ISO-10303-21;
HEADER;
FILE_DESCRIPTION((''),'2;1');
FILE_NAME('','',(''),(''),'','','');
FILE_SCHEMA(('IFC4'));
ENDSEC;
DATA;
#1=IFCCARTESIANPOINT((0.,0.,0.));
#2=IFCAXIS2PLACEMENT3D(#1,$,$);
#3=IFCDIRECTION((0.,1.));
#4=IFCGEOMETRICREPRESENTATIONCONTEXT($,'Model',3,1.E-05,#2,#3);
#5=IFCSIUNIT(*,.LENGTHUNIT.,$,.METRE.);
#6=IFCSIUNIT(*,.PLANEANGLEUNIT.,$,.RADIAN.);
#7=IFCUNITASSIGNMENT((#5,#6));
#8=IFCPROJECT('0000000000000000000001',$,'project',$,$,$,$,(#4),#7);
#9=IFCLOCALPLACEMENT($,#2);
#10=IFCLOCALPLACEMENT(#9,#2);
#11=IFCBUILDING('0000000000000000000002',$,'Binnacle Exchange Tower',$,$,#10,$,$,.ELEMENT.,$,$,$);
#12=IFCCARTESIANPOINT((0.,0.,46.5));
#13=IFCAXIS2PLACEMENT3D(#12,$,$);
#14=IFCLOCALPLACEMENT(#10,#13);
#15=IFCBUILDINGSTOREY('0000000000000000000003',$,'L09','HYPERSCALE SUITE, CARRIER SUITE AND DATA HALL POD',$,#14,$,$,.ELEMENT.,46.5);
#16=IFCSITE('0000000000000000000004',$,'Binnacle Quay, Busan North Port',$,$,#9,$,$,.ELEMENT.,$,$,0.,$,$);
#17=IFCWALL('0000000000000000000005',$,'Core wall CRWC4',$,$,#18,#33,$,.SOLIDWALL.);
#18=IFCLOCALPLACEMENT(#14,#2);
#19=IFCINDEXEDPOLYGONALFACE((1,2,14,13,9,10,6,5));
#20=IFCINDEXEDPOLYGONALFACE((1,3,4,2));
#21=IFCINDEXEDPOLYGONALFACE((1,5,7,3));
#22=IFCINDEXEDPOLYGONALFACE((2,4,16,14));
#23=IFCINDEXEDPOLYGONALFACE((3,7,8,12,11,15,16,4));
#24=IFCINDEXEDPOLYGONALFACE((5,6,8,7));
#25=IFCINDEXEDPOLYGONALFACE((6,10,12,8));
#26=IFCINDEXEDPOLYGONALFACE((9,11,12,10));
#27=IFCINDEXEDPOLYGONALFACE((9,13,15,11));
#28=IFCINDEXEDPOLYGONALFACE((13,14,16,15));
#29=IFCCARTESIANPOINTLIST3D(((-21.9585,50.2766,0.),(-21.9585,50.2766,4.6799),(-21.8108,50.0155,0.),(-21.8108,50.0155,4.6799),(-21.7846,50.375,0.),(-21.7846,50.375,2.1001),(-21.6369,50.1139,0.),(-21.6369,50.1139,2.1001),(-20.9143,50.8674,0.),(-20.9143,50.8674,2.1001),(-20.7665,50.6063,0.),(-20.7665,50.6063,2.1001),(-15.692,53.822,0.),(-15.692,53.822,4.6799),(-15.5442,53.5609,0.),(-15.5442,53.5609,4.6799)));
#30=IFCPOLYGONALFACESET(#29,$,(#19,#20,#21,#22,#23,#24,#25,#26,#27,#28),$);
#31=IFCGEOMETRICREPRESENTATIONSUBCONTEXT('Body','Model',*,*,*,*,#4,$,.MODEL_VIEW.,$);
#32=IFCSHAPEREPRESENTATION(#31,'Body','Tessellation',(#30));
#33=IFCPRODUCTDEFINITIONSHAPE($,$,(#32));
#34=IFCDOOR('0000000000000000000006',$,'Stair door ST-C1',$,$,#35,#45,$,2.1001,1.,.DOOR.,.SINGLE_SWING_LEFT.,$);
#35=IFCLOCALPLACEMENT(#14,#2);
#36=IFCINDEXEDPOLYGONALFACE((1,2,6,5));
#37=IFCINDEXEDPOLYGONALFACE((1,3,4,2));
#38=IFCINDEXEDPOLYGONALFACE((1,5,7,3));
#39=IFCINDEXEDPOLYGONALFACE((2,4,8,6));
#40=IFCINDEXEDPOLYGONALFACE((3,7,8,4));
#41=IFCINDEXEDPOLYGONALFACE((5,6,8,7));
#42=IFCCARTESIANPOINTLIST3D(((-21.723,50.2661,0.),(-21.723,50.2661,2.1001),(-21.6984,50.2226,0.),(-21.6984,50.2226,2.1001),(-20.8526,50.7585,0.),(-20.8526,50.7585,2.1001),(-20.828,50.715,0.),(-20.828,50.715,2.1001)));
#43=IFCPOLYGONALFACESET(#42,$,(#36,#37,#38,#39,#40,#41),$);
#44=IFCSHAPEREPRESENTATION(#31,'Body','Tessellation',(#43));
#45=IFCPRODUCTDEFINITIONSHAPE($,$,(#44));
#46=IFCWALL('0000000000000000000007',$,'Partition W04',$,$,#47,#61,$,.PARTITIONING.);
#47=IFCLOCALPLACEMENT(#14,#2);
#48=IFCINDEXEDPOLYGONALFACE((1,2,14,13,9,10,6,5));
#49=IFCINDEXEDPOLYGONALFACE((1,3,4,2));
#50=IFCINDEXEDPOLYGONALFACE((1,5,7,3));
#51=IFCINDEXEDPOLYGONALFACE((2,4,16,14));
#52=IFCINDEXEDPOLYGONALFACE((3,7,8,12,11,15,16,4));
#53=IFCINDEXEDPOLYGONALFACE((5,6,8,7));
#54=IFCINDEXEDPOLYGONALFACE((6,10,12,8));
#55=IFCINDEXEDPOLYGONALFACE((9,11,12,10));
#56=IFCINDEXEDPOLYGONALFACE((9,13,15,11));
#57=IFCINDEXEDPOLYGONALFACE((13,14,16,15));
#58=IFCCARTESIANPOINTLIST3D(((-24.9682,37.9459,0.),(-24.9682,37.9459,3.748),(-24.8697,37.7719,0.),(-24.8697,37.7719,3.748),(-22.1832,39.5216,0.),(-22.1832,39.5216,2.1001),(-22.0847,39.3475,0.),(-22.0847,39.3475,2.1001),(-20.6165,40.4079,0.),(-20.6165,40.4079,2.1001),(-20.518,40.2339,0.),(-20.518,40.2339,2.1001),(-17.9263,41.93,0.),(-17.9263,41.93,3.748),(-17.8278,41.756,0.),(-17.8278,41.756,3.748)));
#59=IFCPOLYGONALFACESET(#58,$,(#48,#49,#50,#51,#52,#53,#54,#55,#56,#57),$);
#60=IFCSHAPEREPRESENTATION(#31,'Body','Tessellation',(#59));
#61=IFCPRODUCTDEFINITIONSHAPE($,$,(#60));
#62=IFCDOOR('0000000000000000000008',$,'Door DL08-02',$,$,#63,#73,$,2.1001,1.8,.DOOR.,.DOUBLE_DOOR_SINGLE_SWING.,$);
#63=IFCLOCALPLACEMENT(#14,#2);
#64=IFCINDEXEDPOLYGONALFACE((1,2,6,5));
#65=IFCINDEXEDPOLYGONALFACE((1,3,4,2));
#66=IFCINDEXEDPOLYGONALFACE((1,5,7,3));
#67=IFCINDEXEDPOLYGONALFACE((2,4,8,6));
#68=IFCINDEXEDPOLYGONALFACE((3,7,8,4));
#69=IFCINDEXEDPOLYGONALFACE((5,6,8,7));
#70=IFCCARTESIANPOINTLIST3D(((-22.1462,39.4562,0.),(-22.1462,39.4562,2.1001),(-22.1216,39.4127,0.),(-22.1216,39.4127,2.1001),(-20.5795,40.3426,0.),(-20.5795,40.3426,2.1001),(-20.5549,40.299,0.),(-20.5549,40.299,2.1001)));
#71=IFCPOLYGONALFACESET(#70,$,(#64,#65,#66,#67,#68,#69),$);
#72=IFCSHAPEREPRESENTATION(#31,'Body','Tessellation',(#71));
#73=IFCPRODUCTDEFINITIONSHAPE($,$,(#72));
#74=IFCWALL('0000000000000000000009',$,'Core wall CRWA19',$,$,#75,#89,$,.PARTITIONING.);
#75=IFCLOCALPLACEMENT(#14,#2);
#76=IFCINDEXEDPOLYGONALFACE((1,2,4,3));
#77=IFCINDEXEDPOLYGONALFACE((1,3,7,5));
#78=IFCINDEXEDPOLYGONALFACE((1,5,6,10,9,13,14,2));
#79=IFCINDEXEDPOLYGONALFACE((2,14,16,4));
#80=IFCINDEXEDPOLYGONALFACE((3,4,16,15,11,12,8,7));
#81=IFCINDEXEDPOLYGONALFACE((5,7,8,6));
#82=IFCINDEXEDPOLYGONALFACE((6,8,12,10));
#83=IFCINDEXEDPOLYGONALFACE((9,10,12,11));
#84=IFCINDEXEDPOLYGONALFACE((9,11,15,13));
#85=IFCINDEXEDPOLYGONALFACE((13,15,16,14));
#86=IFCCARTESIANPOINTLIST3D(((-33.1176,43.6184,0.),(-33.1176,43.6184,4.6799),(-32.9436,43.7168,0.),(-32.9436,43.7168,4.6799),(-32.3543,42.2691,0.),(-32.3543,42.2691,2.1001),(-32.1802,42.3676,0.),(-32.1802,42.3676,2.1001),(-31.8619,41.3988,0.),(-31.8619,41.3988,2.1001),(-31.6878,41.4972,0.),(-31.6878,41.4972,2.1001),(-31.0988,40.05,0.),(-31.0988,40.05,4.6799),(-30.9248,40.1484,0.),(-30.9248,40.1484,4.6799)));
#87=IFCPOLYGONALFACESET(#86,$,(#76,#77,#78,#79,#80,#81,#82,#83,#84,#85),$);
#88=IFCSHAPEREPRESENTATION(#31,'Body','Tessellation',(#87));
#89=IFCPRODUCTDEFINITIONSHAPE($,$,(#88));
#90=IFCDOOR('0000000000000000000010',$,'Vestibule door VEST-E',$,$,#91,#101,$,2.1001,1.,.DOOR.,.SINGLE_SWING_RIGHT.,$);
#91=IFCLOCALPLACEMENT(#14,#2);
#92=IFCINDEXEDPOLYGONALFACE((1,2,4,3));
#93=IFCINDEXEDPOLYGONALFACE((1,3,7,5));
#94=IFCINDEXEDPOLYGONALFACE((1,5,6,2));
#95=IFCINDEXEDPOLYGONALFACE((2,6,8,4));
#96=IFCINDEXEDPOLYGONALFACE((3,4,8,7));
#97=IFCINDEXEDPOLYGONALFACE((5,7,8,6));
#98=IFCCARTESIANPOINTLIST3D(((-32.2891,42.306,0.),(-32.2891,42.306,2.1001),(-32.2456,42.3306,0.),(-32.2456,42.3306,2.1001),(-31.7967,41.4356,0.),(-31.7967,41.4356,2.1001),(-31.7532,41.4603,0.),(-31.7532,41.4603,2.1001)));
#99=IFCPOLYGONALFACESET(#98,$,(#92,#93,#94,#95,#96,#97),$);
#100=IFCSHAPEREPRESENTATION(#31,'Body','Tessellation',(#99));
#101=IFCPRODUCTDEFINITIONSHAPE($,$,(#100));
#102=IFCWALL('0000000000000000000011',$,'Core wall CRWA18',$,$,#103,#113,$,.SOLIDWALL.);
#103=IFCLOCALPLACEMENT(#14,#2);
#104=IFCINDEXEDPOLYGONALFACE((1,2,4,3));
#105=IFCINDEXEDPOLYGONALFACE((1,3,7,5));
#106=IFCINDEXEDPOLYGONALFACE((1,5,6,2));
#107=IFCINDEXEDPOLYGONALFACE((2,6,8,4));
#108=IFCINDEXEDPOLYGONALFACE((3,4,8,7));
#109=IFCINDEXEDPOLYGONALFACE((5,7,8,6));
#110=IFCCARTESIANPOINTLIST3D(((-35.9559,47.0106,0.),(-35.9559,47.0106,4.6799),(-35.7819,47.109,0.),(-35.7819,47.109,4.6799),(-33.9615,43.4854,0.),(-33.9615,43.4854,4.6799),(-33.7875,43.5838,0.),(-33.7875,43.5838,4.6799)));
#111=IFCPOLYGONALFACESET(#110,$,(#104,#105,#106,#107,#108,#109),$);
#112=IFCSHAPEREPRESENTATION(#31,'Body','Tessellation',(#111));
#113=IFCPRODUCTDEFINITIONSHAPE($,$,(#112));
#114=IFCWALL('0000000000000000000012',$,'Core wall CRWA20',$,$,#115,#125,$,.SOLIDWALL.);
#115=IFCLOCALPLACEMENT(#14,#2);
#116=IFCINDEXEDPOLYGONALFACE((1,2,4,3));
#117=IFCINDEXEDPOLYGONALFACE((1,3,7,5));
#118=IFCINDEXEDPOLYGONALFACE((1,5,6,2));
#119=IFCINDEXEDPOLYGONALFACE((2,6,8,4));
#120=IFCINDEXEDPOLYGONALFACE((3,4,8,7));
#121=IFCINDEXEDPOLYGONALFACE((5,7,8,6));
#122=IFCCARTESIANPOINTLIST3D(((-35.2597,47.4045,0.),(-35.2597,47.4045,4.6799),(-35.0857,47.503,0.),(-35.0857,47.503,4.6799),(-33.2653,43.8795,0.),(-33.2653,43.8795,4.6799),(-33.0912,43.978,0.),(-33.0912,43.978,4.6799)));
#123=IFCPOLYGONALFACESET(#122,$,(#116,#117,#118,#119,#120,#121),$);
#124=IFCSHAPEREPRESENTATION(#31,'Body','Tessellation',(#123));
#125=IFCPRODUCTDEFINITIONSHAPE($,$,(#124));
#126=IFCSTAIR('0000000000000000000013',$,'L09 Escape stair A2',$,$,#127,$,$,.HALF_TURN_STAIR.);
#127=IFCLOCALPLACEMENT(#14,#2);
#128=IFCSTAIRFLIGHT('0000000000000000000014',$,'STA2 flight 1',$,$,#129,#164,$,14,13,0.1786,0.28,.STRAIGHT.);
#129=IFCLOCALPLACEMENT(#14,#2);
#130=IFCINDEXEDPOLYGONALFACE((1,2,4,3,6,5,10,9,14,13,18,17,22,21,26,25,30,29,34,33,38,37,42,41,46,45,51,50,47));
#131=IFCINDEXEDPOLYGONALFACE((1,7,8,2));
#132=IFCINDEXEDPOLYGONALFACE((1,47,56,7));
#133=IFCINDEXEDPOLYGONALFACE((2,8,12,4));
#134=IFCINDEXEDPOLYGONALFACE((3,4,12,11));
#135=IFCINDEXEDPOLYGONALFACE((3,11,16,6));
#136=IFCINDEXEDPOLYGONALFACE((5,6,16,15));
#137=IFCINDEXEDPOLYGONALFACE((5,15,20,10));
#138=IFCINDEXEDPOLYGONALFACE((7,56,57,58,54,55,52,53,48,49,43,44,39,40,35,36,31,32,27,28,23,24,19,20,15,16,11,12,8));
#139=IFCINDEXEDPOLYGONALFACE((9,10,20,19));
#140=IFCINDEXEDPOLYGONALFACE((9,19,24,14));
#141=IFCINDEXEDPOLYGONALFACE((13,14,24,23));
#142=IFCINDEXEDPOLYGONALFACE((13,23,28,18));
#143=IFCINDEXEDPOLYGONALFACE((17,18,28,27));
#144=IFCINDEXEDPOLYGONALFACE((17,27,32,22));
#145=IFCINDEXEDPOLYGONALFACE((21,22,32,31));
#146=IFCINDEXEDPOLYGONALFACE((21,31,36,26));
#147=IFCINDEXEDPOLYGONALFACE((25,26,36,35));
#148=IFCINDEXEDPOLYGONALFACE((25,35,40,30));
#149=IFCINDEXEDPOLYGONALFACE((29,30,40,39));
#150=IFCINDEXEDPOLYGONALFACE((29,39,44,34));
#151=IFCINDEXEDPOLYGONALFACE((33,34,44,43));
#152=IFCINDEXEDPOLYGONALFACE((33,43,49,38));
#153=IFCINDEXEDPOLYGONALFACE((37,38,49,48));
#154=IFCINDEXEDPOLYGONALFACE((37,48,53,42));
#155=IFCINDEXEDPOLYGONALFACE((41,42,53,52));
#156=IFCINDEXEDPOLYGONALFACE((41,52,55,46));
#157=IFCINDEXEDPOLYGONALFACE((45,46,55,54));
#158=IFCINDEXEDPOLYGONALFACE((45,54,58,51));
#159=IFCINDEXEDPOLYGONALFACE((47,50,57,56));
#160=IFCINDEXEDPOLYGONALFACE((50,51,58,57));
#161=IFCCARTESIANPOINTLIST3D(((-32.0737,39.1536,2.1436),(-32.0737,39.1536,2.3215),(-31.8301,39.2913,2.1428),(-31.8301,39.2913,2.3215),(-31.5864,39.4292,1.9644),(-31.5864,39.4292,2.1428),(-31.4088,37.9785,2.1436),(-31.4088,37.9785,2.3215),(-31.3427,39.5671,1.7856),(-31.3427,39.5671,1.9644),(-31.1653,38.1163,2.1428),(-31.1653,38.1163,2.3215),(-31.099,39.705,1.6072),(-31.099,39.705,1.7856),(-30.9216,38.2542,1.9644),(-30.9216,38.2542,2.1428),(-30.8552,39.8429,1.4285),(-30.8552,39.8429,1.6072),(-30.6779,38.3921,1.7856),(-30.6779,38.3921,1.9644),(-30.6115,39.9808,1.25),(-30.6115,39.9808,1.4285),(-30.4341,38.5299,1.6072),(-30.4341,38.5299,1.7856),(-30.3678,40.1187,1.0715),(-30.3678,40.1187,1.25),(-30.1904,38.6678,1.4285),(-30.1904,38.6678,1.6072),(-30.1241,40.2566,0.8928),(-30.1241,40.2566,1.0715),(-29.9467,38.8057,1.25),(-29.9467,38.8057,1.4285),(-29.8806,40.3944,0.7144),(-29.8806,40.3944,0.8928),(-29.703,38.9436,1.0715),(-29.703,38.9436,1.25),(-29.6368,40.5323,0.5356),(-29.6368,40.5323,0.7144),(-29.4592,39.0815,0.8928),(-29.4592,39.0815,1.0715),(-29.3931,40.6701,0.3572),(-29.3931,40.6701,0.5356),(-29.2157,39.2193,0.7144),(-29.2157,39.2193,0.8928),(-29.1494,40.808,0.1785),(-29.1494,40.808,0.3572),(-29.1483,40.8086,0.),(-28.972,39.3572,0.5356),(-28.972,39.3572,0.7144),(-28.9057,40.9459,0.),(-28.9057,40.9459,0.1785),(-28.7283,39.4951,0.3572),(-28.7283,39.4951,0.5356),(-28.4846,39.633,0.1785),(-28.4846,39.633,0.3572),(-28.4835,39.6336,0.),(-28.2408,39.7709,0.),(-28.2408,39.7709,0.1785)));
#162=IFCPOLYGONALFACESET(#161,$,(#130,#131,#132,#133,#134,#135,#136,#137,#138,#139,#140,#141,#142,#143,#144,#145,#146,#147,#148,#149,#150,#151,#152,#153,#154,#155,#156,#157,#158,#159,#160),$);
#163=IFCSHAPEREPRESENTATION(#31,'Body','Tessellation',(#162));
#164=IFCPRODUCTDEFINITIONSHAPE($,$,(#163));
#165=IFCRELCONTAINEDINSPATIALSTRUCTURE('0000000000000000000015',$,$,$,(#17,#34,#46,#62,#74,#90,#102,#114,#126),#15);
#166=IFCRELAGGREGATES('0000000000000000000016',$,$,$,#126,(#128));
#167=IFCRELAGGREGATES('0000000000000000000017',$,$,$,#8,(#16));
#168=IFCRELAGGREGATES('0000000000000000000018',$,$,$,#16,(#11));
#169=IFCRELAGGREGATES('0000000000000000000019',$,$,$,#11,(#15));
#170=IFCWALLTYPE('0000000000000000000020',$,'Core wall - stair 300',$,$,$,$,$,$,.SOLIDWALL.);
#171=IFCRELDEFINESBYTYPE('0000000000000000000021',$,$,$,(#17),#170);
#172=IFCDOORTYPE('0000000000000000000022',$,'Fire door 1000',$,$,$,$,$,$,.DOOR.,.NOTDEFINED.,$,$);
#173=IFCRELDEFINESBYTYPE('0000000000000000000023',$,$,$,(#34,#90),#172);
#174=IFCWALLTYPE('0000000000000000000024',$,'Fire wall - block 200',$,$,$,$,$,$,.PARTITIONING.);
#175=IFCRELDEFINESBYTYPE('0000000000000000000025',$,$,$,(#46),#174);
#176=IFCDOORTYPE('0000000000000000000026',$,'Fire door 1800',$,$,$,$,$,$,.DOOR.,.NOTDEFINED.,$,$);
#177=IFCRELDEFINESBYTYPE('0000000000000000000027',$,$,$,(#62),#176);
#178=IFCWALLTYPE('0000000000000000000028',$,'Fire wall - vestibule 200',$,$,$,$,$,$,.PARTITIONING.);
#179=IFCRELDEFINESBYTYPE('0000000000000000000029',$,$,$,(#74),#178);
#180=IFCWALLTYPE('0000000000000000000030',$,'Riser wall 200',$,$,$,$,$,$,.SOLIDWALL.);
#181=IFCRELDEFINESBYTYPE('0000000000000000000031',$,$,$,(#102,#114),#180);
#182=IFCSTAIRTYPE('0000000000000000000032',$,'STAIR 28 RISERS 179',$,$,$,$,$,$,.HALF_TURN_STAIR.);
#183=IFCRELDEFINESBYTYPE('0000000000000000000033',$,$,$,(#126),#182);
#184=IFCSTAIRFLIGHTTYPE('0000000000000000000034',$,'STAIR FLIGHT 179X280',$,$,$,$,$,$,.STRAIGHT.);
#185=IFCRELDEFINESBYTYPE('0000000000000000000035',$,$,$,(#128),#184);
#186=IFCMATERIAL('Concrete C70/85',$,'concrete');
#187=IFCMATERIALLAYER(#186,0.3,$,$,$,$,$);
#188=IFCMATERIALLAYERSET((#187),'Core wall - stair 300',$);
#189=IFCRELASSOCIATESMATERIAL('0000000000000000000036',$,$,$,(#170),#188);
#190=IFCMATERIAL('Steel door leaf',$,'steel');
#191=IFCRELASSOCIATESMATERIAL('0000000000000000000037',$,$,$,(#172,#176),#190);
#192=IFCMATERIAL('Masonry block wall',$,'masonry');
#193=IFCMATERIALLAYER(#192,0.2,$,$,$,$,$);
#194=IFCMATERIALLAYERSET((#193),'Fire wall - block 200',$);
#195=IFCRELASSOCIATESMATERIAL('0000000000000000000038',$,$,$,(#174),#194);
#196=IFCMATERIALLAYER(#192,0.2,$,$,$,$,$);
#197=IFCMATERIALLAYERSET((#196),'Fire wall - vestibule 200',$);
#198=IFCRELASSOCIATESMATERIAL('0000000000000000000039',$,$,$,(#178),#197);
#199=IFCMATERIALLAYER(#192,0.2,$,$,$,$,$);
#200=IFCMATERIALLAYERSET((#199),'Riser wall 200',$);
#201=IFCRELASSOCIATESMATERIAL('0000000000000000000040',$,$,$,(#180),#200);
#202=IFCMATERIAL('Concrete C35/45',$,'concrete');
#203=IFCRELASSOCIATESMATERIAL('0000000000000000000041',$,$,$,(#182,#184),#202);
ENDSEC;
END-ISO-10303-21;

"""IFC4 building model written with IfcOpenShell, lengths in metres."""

from ifc_helpers import new_model, si_unit, direction, frame, frame_2d, origin, place, context, subcontext, project, spatial, polyline, rectangle, outline, extrude, material, layer, layer_set, type_object, element, fill, aggregate, save


model = new_model("IFC4")

# Units and contexts
model_context = context("Model", 3, precision=1e-05, world=origin(), true_north=direction((0.0, 1.0)))
body_context = subcontext(model_context, "Body", "Model", "MODEL_VIEW")
ifc_project = project(units=[si_unit("LENGTHUNIT", "METRE"), si_unit("PLANEANGLEUNIT", "RADIAN")], contexts=[model_context])

# Site, building, storey
site_placement = place(None, origin())
site = spatial("IfcSite", under=ifc_project, at=site_placement, Name="Binnacle Quay, Busan North Port", CompositionType="ELEMENT", RefElevation=0.0)
building_placement = place(site_placement, origin())
building = spatial("IfcBuilding", under=site, at=building_placement, Name="Binnacle Exchange Tower", CompositionType="ELEMENT")
storey_placement = place(building_placement, frame((0.0, 0.0, 46.5)))
storey = spatial("IfcBuildingStorey", under=building, at=storey_placement, Name="L09", Description="HYPERSCALE SUITE, CARRIER SUITE AND DATA HALL POD", CompositionType="ELEMENT", Elevation=46.5)

# Shared definitions
ifc_material_1 = material(Name="Concrete C70/85", Category="concrete")

# Shared definitions
ifc_layer_1 = layer(ifc_material_1, 0.3)
ifc_layer_set_1 = layer_set([ifc_layer_1], Name="Core wall - stair 300")
wall_type_1 = type_object("IfcWallType", Name="Core wall - stair 300", PredefinedType="SOLIDWALL", material=ifc_layer_set_1)
ifc_material_2 = material(Name="Steel door leaf", Category="steel")
door_type_1 = type_object("IfcDoorType", Name="Fire door 1000", OperationType="NOTDEFINED", PredefinedType="DOOR", material=ifc_material_2)

# Walls, openings, doors
wall_1_placement = place(storey_placement, frame((-21.8848, 50.146, 0.0), z_axis=(0.0, 0.0, 1.0), x_axis=(0.870359, 0.492417, 0.0)))
wall_1 = element("IfcWall", 1, at=wall_1_placement, inside=storey, type_object=wall_type_1, Name="Core wall CRWC4", PredefinedType="SOLIDWALL", context=body_context, shape_type="SweptSolid", body=[
    extrude(rectangle(XDim=7.2, YDim=0.3, at=frame_2d((3.6001, 0.0))), origin(), (0.0, 0.0, 1.0), 4.6799),
])
opening_1_placement = place(wall_1_placement, frame((0.2, 0.0, 0.0)))
opening_1 = element("IfcOpeningElement", 2, at=opening_1_placement, cuts=wall_1, PredefinedType="OPENING", context=body_context, shape_type="SweptSolid", body=[
    extrude(rectangle(XDim=1.0, YDim=2.1001, at=frame_2d((0.5, 1.05))), frame((0.0, 0.1599, 0.0), z_axis=(0.0, -1.0, 0.0), x_axis=(1.0, 0.0, 0.0)), (0.0, 0.0, 1.0), 0.3201),
])
door_1_placement = place(opening_1_placement, origin())
door_1 = element("IfcDoor", 3, at=door_1_placement, inside=storey, type_object=door_type_1, Name="Stair door ST-C1", OperationType="SINGLE_SWING_LEFT", OverallHeight=2.1001, OverallWidth=1.0, PredefinedType="DOOR", context=body_context, shape_type="SweptSolid", body=[
    extrude(rectangle(XDim=1.0, YDim=2.1001, at=frame_2d((0.5, 1.05))), frame((0.0, 0.0249, 0.0), z_axis=(0.0, -1.0, 0.0), x_axis=(1.0, 0.0, 0.0)), (0.0, 0.0, 1.0), 0.05),
])
fill(opening_1, door_1)
ifc_material_3 = material(Name="Masonry block wall", Category="masonry")
ifc_layer_2 = layer(ifc_material_3, 0.2)
ifc_layer_set_2 = layer_set([ifc_layer_2], Name="Fire wall - block 200")
wall_type_2 = type_object("IfcWallType", Name="Fire wall - block 200", PredefinedType="PARTITIONING", material=ifc_layer_set_2)
wall_2_placement = place(storey_placement, frame((-24.9189, 37.8589, 0.0), z_axis=(0.0, 0.0, 1.0), x_axis=(0.870358, 0.49242, 0.0)))
wall_2 = element("IfcWall", 4, at=wall_2_placement, inside=storey, type_object=wall_type_2, Name="Partition W04", PredefinedType="PARTITIONING", context=body_context, shape_type="SweptSolid", body=[
    extrude(rectangle(XDim=8.0908, YDim=0.2, at=frame_2d((4.0454, 0.0))), origin(), (0.0, 0.0, 1.0), 3.748),
])
opening_2_placement = place(wall_2_placement, frame((3.2, 0.0, 0.0)))
opening_2 = element("IfcOpeningElement", 5, at=opening_2_placement, cuts=wall_2, PredefinedType="OPENING", context=body_context, shape_type="SweptSolid", body=[
    extrude(rectangle(XDim=1.8, YDim=2.1001, at=frame_2d((0.8999, 1.05))), frame((0.0, 0.1099, 0.0), z_axis=(0.0, -1.0, 0.0), x_axis=(1.0, 0.0, 0.0)), (0.0, 0.0, 1.0), 0.22),
])
door_type_2 = type_object("IfcDoorType", Name="Fire door 1800", OperationType="NOTDEFINED", PredefinedType="DOOR", material=ifc_material_2)
door_2_placement = place(opening_2_placement, origin())
door_2 = element("IfcDoor", 6, at=door_2_placement, inside=storey, type_object=door_type_2, Name="Door DL08-02", OperationType="DOUBLE_DOOR_SINGLE_SWING", OverallHeight=2.1001, OverallWidth=1.8, PredefinedType="DOOR", context=body_context, shape_type="SweptSolid", body=[
    extrude(rectangle(XDim=1.8, YDim=2.1001, at=frame_2d((0.8999, 1.05))), frame((0.0, 0.0249, 0.0), z_axis=(0.0, -1.0, 0.0), x_axis=(1.0, 0.0, 0.0)), (0.0, 0.0, 1.0), 0.05),
])
fill(opening_2, door_2)
ifc_layer_3 = layer(ifc_material_3, 0.2)
ifc_layer_set_3 = layer_set([ifc_layer_3], Name="Fire wall - vestibule 200")
wall_type_3 = type_object("IfcWallType", Name="Fire wall - vestibule 200", PredefinedType="PARTITIONING", material=ifc_layer_set_3)
wall_3_placement = place(storey_placement, frame((-33.0305, 43.6675, 0.0), z_axis=(0.0, 0.0, 1.0), x_axis=(0.492408, -0.870364, 0.0)))
wall_3 = element("IfcWall", 7, at=wall_3_placement, inside=storey, type_object=wall_type_3, Name="Core wall CRWA19", PredefinedType="PARTITIONING", context=body_context, shape_type="SweptSolid", body=[
    extrude(rectangle(XDim=4.0999, YDim=0.2, at=frame_2d((2.0498, 0.0))), origin(), (0.0, 0.0, 1.0), 4.6799),
])
opening_3_placement = place(wall_3_placement, frame((1.55, 0.0, 0.0)))
opening_3 = element("IfcOpeningElement", 8, at=opening_3_placement, cuts=wall_3, PredefinedType="OPENING", context=body_context, shape_type="SweptSolid", body=[
    extrude(rectangle(XDim=1.0, YDim=2.1001, at=frame_2d((0.5, 1.05))), frame((0.0, 0.1099, 0.0), z_axis=(0.0, -1.0, 0.0), x_axis=(1.0, 0.0, 0.0)), (0.0, 0.0, 1.0), 0.22),
])
door_3_placement = place(opening_3_placement, origin())
door_3 = element("IfcDoor", 9, at=door_3_placement, inside=storey, type_object=door_type_1, Name="Vestibule door VEST-E", OperationType="SINGLE_SWING_RIGHT", OverallHeight=2.1001, OverallWidth=1.0, PredefinedType="DOOR", context=body_context, shape_type="SweptSolid", body=[
    extrude(rectangle(XDim=1.0, YDim=2.1001, at=frame_2d((0.5, 1.05))), frame((0.0, 0.0249, 0.0), z_axis=(0.0, -1.0, 0.0), x_axis=(1.0, 0.0, 0.0)), (0.0, 0.0, 1.0), 0.05),
])
fill(opening_3, door_3)

# Walls
ifc_layer_4 = layer(ifc_material_3, 0.2)
ifc_layer_set_4 = layer_set([ifc_layer_4], Name="Riser wall 200")
wall_type_4 = type_object("IfcWallType", Name="Riser wall 200", PredefinedType="SOLIDWALL", material=ifc_layer_set_4)
wall_4_placement = place(storey_placement, frame((-35.8689, 47.0598, 0.0), z_axis=(0.0, 0.0, 1.0), x_axis=(0.492415, -0.870361, 0.0)))
element("IfcWall", 10, at=wall_4_placement, inside=storey, type_object=wall_type_4, Name="Core wall CRWA18", PredefinedType="SOLIDWALL", context=body_context, shape_type="SweptSolid", body=[
    extrude(rectangle(XDim=4.0503, YDim=0.2, at=frame_2d((2.0251, 0.0))), origin(), (0.0, 0.0, 1.0), 4.6799),
])
wall_5_placement = place(storey_placement, frame((-35.1726, 47.4536, 0.0), z_axis=(0.0, 0.0, 1.0), x_axis=(0.492441, -0.870346, 0.0)))
element("IfcWall", 11, at=wall_5_placement, inside=storey, type_object=wall_type_4, Name="Core wall CRWA20", PredefinedType="SOLIDWALL", context=body_context, shape_type="SweptSolid", body=[
    extrude(rectangle(XDim=4.05, YDim=0.2, at=frame_2d((2.0249, 0.0))), origin(), (0.0, 0.0, 1.0), 4.6799),
])

# Stair, stair flight
ifc_material_4 = material(Name="Concrete C35/45", Category="concrete")
stair_type = type_object("IfcStairType", Name="STAIR 28 RISERS 179", PredefinedType="HALF_TURN_STAIR", material=ifc_material_4)
stair_placement = place(storey_placement, origin())
stair = element("IfcStair", 12, at=stair_placement, inside=storey, type_object=stair_type, Name="L09 Escape stair A2", PredefinedType="HALF_TURN_STAIR")
stair_flight_type = type_object("IfcStairFlightType", Name="STAIR FLIGHT 179X280", PredefinedType="STRAIGHT", material=ifc_material_4)
stair_flight_placement = place(storey_placement, frame((-28.5732, 40.3584, 0.0), z_axis=(0.0, 0.0, 1.0), x_axis=(-0.870356, -0.492424, 0.0)))
stair_flight = element("IfcStairFlight", 13, at=stair_flight_placement, type_object=stair_flight_type, Name="STA2 flight 1", NumberOfRisers=14, NumberOfTreads=13, PredefinedType="STRAIGHT", RiserHeight=0.1786, TreadLength=0.28, context=body_context, shape_type="SweptSolid", body=[
    extrude(outline(polyline([(0.0, 0.0), (0.0, 0.1785), (0.28, 0.1785), (0.28, 0.3572), (0.5601, 0.3572), (0.5601, 0.5356), (0.8401, 0.5356), (0.8401, 0.7144), (1.1201, 0.7144), (1.1201, 0.8928), (1.3999, 0.8928), (1.3999, 1.0715), (1.6799, 1.0715), (1.6799, 1.25), (1.96, 1.25), (1.96, 1.4285), (2.24, 1.4285), (2.24, 1.6072), (2.52, 1.6072), (2.52, 1.7856), (2.8, 1.7856), (2.8, 1.9644), (3.0801, 1.9644), (3.0801, 2.1428), (3.3601, 2.1428), (3.3601, 2.3215), (3.6399, 2.3215), (3.6399, 2.5), (3.6399, 2.1436), (0.2788, 0.0), (0.0, 0.0)])), frame((0.0, 0.675, 0.0), z_axis=(0.0, -1.0, 0.0), x_axis=(1.0, 0.0, 0.0)), (0.0, 0.0, 1.0), 1.3501),
])
aggregate(stair, [stair_flight])

save(model, "model.ifc")
